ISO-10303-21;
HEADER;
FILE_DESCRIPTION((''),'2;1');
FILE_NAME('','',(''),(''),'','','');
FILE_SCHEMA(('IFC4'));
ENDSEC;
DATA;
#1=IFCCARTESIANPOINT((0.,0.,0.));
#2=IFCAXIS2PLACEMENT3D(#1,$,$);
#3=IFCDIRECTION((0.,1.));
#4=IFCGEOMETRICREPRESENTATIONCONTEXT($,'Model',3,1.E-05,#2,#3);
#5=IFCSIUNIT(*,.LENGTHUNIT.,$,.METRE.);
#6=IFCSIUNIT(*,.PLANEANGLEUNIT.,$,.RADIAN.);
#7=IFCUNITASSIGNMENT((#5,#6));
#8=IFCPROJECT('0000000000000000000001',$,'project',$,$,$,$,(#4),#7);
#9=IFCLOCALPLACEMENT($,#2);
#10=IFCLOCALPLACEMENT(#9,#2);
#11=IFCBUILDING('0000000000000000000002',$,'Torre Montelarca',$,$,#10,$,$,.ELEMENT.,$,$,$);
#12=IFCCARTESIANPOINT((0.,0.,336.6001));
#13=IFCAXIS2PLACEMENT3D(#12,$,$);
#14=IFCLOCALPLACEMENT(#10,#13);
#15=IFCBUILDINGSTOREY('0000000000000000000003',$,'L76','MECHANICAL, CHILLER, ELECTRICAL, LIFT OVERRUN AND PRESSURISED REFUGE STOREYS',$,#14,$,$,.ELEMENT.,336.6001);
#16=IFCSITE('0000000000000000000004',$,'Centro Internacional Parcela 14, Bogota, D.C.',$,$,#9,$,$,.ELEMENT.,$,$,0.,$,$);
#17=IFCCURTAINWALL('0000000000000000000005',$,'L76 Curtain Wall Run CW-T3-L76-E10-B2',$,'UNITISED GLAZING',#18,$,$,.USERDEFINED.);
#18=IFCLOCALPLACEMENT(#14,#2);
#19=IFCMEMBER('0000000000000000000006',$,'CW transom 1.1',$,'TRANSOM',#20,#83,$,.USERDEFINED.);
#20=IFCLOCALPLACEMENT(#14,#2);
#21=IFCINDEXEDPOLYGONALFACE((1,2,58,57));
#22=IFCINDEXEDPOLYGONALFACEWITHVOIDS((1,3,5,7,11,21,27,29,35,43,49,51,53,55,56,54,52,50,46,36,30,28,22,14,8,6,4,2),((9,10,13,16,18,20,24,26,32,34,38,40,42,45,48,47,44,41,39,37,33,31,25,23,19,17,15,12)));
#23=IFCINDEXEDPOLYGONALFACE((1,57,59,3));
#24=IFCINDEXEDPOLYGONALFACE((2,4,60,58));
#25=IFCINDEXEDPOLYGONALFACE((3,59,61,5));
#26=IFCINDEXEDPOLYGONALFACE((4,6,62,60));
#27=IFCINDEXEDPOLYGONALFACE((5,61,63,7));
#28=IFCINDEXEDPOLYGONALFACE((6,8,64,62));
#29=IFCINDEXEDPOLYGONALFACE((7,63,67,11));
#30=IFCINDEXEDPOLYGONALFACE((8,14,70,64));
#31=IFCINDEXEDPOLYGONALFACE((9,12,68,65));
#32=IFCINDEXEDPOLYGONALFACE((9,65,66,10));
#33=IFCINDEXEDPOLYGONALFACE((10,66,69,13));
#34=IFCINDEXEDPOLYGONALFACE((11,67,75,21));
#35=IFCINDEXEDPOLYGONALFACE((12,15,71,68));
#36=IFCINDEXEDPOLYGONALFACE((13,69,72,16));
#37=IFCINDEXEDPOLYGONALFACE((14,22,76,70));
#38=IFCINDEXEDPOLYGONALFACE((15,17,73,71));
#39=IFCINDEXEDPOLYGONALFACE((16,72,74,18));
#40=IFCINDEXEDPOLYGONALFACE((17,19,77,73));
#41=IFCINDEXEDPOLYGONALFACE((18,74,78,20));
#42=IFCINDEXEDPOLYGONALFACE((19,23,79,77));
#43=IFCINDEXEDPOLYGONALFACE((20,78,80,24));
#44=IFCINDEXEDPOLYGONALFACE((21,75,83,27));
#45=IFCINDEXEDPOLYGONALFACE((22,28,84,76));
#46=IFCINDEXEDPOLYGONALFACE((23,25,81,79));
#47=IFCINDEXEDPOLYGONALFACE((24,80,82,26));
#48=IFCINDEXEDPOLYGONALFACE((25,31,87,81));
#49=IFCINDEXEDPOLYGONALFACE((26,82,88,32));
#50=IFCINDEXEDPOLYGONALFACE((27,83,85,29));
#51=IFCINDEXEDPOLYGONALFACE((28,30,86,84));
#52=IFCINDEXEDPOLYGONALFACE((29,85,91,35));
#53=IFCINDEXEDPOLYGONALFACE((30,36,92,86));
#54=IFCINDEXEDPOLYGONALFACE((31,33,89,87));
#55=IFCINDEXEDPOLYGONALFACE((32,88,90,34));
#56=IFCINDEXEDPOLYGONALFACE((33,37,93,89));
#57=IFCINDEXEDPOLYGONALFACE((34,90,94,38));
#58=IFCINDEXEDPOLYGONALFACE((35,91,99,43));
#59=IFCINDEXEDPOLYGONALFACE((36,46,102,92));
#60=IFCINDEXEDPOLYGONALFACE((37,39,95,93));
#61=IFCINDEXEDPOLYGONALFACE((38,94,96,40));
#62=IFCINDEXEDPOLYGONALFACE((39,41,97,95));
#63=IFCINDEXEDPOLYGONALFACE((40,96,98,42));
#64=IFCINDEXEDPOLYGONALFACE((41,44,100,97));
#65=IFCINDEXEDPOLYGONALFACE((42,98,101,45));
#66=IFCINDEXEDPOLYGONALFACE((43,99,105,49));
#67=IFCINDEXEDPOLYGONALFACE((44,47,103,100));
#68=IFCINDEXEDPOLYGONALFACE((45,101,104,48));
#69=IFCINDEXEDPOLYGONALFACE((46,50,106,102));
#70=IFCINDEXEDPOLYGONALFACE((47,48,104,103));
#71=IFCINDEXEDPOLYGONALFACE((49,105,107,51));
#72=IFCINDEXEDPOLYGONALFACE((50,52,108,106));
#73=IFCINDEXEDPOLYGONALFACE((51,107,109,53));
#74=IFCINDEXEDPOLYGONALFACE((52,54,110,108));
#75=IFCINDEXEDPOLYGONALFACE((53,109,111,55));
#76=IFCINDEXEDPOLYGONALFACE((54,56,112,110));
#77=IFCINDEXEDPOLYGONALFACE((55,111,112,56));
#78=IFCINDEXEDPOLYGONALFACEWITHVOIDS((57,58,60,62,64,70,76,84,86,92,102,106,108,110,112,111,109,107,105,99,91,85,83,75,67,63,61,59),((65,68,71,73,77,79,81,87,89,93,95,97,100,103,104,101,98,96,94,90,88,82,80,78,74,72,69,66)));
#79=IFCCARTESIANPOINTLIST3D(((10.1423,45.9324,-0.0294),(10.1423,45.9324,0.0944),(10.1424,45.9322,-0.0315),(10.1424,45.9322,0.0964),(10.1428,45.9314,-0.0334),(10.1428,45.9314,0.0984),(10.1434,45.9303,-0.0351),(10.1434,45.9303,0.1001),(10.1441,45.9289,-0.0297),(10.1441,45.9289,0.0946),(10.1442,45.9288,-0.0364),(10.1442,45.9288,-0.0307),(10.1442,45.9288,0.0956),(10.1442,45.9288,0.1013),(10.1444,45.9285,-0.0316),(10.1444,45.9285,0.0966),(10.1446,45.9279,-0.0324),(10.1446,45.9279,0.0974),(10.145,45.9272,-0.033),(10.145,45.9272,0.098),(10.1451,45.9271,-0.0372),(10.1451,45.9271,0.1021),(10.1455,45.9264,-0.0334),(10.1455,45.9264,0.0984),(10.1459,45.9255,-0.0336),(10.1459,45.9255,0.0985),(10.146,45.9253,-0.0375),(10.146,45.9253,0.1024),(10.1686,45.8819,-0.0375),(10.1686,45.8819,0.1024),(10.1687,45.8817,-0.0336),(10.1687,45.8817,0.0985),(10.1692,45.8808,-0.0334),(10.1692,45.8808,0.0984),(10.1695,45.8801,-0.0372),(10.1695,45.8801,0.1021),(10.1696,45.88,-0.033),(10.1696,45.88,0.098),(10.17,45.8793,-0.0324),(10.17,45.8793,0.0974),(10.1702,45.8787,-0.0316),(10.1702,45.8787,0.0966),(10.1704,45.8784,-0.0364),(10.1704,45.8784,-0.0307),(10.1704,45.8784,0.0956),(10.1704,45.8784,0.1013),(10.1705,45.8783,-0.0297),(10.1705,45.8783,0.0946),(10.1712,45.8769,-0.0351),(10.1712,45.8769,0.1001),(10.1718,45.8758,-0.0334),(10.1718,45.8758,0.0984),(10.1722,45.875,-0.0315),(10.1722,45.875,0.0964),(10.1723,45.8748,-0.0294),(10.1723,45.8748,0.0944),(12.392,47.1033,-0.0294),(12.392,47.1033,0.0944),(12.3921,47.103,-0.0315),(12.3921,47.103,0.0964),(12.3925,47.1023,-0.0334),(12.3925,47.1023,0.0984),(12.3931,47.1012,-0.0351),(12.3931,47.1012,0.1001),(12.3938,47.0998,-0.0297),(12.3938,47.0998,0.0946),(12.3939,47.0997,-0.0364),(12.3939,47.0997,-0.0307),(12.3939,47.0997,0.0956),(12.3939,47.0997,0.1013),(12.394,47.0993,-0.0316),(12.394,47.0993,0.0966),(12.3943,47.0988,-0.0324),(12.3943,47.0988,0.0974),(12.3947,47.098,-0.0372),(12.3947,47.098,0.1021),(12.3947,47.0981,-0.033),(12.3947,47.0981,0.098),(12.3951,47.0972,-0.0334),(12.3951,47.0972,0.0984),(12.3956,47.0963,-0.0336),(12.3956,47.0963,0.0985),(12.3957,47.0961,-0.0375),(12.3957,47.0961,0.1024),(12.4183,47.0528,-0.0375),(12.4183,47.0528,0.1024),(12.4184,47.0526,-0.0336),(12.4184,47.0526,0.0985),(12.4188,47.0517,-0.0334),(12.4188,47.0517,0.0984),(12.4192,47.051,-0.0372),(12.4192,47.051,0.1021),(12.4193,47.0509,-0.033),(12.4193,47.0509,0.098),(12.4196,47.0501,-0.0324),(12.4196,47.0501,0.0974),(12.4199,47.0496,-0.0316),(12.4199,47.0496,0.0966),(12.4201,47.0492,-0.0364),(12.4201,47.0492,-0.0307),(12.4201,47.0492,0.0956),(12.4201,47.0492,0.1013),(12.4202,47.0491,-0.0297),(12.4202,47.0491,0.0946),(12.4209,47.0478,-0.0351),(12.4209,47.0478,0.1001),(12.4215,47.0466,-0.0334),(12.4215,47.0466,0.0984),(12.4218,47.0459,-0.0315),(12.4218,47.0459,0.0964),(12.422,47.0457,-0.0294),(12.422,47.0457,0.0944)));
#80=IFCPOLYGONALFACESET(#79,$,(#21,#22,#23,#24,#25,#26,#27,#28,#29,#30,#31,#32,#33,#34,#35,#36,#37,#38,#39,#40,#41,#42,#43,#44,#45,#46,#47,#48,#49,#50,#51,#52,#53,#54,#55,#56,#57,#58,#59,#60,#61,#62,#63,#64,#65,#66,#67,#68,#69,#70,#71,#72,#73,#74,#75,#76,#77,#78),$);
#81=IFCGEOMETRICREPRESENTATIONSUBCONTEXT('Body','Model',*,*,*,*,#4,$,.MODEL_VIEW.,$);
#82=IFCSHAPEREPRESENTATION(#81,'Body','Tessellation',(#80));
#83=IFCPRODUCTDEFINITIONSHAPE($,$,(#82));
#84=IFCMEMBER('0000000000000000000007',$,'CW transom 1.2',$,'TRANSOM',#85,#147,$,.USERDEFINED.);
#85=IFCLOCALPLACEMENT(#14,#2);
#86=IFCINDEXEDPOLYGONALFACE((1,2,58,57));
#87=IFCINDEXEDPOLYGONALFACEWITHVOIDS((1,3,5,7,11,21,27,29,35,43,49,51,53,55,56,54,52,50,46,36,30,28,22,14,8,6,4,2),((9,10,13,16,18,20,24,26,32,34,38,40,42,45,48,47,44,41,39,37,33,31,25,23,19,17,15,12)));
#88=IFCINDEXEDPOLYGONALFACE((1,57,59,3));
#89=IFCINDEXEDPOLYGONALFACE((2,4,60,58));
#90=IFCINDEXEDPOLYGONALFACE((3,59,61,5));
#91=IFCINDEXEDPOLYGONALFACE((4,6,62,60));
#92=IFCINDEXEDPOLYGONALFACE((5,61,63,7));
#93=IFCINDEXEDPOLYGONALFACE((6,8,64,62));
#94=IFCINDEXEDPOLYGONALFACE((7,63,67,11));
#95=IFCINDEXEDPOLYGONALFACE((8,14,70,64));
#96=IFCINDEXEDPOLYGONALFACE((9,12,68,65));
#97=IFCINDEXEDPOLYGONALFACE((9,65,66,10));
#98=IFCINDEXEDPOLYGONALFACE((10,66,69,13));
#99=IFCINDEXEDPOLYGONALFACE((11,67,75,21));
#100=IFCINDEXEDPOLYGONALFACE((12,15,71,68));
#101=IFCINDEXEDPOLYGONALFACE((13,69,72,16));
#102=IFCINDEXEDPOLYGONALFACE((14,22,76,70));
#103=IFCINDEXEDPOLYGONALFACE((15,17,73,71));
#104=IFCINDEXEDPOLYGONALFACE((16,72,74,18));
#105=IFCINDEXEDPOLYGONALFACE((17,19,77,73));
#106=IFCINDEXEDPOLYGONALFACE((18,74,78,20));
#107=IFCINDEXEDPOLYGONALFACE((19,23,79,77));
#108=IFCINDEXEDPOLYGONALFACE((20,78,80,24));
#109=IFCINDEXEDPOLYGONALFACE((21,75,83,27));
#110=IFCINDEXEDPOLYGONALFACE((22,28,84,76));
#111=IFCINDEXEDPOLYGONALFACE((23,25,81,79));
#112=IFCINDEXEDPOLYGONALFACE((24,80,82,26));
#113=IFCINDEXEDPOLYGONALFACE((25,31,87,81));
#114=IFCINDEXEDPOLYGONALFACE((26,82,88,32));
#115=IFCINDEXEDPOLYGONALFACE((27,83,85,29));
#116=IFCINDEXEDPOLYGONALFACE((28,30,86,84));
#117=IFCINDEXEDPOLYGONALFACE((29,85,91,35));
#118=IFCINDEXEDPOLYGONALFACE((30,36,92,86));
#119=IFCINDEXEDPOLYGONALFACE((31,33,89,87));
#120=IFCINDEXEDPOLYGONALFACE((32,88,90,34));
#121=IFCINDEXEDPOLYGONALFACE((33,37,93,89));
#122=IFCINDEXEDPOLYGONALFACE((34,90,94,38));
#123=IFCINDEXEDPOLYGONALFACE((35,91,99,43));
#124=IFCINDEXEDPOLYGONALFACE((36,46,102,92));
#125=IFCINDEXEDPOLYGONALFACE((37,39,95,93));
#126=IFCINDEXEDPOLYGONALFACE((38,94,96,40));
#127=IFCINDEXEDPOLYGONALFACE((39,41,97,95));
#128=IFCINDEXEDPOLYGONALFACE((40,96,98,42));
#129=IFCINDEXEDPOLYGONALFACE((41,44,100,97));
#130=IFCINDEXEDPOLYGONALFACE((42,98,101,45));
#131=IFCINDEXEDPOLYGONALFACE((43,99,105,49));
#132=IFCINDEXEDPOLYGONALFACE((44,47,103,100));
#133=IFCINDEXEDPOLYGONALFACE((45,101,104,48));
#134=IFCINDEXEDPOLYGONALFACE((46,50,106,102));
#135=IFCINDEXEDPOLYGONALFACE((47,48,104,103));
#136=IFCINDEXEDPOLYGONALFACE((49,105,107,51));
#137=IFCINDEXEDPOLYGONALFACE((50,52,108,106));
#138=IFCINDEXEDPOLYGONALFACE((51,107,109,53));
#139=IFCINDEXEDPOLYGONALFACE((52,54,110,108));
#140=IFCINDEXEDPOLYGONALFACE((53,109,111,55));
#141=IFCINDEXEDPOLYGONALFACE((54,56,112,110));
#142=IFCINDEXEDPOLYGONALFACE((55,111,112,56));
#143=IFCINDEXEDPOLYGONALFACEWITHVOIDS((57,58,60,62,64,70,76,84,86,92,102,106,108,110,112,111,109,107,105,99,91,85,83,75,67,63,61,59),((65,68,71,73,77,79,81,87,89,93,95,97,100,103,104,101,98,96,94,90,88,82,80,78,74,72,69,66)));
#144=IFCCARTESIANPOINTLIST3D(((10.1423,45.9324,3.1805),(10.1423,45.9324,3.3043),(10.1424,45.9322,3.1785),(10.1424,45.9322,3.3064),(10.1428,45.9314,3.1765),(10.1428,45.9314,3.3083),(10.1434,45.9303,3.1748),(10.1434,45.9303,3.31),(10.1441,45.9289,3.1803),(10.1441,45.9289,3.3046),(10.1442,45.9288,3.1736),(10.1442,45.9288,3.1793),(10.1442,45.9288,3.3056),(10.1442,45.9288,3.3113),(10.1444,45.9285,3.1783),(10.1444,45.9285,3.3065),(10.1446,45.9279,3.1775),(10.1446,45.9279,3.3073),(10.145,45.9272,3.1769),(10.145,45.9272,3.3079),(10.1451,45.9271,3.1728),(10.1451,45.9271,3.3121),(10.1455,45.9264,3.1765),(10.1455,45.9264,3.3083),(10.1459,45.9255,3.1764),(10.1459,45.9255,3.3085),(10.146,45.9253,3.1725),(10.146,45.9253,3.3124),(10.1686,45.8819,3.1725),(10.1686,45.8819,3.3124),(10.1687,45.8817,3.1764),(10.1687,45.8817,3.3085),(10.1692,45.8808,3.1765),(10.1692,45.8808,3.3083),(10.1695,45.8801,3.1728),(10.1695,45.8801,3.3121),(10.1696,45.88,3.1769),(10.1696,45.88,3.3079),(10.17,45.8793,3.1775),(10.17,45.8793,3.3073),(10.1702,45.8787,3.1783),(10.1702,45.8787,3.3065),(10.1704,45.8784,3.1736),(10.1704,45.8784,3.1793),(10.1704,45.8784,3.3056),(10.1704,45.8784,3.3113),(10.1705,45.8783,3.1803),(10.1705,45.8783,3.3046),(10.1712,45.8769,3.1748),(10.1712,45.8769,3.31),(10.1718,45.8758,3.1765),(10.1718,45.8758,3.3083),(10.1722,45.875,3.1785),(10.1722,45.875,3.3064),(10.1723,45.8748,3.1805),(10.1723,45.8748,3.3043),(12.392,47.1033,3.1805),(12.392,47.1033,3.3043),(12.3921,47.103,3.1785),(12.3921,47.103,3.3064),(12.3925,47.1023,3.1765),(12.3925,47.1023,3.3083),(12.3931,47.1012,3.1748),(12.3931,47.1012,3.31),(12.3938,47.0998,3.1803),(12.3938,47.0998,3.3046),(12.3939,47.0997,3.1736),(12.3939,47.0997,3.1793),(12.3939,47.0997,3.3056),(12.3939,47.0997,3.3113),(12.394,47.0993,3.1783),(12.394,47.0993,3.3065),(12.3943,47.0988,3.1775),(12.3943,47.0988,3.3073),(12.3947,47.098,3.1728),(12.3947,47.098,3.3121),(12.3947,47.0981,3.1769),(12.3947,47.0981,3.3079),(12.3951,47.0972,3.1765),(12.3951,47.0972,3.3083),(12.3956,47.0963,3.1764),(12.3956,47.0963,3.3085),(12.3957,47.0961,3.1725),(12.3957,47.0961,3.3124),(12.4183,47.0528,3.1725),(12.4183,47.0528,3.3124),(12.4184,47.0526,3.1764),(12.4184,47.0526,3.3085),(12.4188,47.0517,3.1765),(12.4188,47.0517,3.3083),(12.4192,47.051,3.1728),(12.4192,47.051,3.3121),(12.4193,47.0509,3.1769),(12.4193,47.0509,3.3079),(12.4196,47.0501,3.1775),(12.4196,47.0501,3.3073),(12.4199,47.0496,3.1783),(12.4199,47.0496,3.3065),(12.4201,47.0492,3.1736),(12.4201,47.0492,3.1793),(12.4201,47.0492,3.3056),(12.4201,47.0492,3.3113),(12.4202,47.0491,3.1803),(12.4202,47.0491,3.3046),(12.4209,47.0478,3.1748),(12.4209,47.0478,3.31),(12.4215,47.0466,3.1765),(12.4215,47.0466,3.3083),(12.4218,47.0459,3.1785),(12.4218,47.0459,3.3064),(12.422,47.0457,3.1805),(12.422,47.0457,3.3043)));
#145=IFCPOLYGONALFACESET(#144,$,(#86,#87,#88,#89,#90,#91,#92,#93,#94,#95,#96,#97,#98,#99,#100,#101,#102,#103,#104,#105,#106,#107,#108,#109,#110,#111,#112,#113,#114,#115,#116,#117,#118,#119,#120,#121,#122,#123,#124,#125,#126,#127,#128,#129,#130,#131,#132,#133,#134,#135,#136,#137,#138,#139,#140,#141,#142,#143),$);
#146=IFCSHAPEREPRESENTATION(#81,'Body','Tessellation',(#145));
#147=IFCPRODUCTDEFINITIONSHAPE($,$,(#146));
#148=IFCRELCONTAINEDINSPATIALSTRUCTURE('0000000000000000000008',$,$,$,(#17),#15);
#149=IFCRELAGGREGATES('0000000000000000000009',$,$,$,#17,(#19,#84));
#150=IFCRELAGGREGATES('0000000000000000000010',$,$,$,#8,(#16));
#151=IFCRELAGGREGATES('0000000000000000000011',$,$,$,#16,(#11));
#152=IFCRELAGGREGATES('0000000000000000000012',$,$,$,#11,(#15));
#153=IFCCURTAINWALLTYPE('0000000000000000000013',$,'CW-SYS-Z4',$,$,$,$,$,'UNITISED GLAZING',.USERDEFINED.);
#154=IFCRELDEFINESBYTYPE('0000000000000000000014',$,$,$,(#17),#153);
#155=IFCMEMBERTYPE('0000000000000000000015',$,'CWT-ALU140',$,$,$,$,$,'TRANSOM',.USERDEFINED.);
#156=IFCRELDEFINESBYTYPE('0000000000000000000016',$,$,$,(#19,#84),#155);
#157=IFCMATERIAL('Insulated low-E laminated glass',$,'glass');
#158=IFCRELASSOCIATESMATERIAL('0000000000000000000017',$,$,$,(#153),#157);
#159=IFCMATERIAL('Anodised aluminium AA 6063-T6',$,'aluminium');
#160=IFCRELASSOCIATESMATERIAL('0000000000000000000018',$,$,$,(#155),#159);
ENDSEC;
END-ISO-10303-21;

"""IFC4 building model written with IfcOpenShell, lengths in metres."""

from ifc_helpers import new_model, si_unit, direction, frame, origin, origin_2d, place, context, subcontext, project, spatial, hollow_rectangle, extrude, source, transform, mapped, material, material_profile, profile_set, type_object, element, aggregate, save


model = new_model("IFC4")

# Units and contexts
model_context = context("Model", 3, precision=1e-05, world=origin(), true_north=direction((0.0, 1.0)))
body_context = subcontext(model_context, "Body", "Model", "MODEL_VIEW")
ifc_project = project(units=[si_unit("LENGTHUNIT", "METRE"), si_unit("PLANEANGLEUNIT", "RADIAN")], contexts=[model_context])

# Site, building, storey
site_placement = place(None, origin())
site = spatial("IfcSite", under=ifc_project, at=site_placement, Name="Centro Internacional Parcela 14, Bogota, D.C.", CompositionType="ELEMENT", RefElevation=0.0)
building_placement = place(site_placement, origin())
building = spatial("IfcBuilding", under=site, at=building_placement, Name="Torre Montelarca", CompositionType="ELEMENT")
storey_placement = place(building_placement, frame((0.0, 0.0, 336.6001)))
storey = spatial("IfcBuildingStorey", under=building, at=storey_placement, Name="L76", Description="MECHANICAL, CHILLER, ELECTRICAL, LIFT OVERRUN AND PRESSURISED REFUGE STOREYS", CompositionType="ELEMENT", Elevation=336.6001)

# Shared definitions
ifc_material_1 = material(Name="Insulated low-E laminated glass", Category="glass")
curtain_wall_type = type_object("IfcCurtainWallType", Name="CW-SYS-Z4", ElementType="UNITISED GLAZING", PredefinedType="USERDEFINED", material=ifc_material_1)
ifc_material_2 = material(Name="Anodised aluminium AA 6063-T6", Category="aluminium")

# Curtain wall
curtain_wall_1_placement = place(storey_placement, origin())
curtain_wall_1 = element("IfcCurtainWall", 1, at=curtain_wall_1_placement, inside=storey, type_object=curtain_wall_type, Name="L76 Curtain Wall Run CW-T3-L76-E10-B2", ObjectType="UNITISED GLAZING", PredefinedType="USERDEFINED")
ifc_material_profile_1 = material_profile(ifc_material_2, hollow_rectangle(XDim=0.0649, YDim=0.1399, WallThickness=0.0039, InnerFilletRadius=0.0039, OuterFilletRadius=0.0081, at=origin_2d()), Name="ALU65X140X4", Category="aluminium")
ifc_profile_set_1 = profile_set([ifc_material_profile_1], Name="Anodised aluminium AA 6063-T6")
member_type_1 = type_object("IfcMemberType", Name="CWT-ALU140", ElementType="TRANSOM", PredefinedType="USERDEFINED", material=ifc_profile_set_1)

# Members
shared_shape_1 = source(origin(), body_context, "Body", "SweptSolid", [
    extrude(hollow_rectangle(XDim=0.0649, YDim=0.1399, WallThickness=0.0039, InnerFilletRadius=0.0039, OuterFilletRadius=0.0081, at=origin_2d()), origin(), (0.0, 0.0, 1.0), 2.5361),
])
member_1_placement = place(storey_placement, frame((12.407, 47.0745, 0.0325), z_axis=(-0.887051, -0.461671, 0.0), x_axis=(0.461671, -0.887051, 0.0)))
member_1 = element("IfcMember", 2, at=member_1_placement, type_object=member_type_1, Name="CW transom 1.1", ObjectType="TRANSOM", PredefinedType="USERDEFINED", context=body_context, shape_type="MappedRepresentation", body=[
    mapped(shared_shape_1, transform((0.0, 0.0, 0.0), scale=1.0)),
])
member_2_placement = place(storey_placement, frame((12.407, 47.0745, 3.2424), z_axis=(-0.887051, -0.461671, 0.0), x_axis=(0.461671, -0.887051, 0.0)))
member_2 = element("IfcMember", 3, at=member_2_placement, type_object=member_type_1, Name="CW transom 1.2", ObjectType="TRANSOM", PredefinedType="USERDEFINED", context=body_context, shape_type="MappedRepresentation", body=[
    mapped(shared_shape_1, transform((0.0, 0.0, 0.0), scale=1.0)),
])

aggregate(curtain_wall_1, [member_1, member_2])

save(model, "model.ifc")
